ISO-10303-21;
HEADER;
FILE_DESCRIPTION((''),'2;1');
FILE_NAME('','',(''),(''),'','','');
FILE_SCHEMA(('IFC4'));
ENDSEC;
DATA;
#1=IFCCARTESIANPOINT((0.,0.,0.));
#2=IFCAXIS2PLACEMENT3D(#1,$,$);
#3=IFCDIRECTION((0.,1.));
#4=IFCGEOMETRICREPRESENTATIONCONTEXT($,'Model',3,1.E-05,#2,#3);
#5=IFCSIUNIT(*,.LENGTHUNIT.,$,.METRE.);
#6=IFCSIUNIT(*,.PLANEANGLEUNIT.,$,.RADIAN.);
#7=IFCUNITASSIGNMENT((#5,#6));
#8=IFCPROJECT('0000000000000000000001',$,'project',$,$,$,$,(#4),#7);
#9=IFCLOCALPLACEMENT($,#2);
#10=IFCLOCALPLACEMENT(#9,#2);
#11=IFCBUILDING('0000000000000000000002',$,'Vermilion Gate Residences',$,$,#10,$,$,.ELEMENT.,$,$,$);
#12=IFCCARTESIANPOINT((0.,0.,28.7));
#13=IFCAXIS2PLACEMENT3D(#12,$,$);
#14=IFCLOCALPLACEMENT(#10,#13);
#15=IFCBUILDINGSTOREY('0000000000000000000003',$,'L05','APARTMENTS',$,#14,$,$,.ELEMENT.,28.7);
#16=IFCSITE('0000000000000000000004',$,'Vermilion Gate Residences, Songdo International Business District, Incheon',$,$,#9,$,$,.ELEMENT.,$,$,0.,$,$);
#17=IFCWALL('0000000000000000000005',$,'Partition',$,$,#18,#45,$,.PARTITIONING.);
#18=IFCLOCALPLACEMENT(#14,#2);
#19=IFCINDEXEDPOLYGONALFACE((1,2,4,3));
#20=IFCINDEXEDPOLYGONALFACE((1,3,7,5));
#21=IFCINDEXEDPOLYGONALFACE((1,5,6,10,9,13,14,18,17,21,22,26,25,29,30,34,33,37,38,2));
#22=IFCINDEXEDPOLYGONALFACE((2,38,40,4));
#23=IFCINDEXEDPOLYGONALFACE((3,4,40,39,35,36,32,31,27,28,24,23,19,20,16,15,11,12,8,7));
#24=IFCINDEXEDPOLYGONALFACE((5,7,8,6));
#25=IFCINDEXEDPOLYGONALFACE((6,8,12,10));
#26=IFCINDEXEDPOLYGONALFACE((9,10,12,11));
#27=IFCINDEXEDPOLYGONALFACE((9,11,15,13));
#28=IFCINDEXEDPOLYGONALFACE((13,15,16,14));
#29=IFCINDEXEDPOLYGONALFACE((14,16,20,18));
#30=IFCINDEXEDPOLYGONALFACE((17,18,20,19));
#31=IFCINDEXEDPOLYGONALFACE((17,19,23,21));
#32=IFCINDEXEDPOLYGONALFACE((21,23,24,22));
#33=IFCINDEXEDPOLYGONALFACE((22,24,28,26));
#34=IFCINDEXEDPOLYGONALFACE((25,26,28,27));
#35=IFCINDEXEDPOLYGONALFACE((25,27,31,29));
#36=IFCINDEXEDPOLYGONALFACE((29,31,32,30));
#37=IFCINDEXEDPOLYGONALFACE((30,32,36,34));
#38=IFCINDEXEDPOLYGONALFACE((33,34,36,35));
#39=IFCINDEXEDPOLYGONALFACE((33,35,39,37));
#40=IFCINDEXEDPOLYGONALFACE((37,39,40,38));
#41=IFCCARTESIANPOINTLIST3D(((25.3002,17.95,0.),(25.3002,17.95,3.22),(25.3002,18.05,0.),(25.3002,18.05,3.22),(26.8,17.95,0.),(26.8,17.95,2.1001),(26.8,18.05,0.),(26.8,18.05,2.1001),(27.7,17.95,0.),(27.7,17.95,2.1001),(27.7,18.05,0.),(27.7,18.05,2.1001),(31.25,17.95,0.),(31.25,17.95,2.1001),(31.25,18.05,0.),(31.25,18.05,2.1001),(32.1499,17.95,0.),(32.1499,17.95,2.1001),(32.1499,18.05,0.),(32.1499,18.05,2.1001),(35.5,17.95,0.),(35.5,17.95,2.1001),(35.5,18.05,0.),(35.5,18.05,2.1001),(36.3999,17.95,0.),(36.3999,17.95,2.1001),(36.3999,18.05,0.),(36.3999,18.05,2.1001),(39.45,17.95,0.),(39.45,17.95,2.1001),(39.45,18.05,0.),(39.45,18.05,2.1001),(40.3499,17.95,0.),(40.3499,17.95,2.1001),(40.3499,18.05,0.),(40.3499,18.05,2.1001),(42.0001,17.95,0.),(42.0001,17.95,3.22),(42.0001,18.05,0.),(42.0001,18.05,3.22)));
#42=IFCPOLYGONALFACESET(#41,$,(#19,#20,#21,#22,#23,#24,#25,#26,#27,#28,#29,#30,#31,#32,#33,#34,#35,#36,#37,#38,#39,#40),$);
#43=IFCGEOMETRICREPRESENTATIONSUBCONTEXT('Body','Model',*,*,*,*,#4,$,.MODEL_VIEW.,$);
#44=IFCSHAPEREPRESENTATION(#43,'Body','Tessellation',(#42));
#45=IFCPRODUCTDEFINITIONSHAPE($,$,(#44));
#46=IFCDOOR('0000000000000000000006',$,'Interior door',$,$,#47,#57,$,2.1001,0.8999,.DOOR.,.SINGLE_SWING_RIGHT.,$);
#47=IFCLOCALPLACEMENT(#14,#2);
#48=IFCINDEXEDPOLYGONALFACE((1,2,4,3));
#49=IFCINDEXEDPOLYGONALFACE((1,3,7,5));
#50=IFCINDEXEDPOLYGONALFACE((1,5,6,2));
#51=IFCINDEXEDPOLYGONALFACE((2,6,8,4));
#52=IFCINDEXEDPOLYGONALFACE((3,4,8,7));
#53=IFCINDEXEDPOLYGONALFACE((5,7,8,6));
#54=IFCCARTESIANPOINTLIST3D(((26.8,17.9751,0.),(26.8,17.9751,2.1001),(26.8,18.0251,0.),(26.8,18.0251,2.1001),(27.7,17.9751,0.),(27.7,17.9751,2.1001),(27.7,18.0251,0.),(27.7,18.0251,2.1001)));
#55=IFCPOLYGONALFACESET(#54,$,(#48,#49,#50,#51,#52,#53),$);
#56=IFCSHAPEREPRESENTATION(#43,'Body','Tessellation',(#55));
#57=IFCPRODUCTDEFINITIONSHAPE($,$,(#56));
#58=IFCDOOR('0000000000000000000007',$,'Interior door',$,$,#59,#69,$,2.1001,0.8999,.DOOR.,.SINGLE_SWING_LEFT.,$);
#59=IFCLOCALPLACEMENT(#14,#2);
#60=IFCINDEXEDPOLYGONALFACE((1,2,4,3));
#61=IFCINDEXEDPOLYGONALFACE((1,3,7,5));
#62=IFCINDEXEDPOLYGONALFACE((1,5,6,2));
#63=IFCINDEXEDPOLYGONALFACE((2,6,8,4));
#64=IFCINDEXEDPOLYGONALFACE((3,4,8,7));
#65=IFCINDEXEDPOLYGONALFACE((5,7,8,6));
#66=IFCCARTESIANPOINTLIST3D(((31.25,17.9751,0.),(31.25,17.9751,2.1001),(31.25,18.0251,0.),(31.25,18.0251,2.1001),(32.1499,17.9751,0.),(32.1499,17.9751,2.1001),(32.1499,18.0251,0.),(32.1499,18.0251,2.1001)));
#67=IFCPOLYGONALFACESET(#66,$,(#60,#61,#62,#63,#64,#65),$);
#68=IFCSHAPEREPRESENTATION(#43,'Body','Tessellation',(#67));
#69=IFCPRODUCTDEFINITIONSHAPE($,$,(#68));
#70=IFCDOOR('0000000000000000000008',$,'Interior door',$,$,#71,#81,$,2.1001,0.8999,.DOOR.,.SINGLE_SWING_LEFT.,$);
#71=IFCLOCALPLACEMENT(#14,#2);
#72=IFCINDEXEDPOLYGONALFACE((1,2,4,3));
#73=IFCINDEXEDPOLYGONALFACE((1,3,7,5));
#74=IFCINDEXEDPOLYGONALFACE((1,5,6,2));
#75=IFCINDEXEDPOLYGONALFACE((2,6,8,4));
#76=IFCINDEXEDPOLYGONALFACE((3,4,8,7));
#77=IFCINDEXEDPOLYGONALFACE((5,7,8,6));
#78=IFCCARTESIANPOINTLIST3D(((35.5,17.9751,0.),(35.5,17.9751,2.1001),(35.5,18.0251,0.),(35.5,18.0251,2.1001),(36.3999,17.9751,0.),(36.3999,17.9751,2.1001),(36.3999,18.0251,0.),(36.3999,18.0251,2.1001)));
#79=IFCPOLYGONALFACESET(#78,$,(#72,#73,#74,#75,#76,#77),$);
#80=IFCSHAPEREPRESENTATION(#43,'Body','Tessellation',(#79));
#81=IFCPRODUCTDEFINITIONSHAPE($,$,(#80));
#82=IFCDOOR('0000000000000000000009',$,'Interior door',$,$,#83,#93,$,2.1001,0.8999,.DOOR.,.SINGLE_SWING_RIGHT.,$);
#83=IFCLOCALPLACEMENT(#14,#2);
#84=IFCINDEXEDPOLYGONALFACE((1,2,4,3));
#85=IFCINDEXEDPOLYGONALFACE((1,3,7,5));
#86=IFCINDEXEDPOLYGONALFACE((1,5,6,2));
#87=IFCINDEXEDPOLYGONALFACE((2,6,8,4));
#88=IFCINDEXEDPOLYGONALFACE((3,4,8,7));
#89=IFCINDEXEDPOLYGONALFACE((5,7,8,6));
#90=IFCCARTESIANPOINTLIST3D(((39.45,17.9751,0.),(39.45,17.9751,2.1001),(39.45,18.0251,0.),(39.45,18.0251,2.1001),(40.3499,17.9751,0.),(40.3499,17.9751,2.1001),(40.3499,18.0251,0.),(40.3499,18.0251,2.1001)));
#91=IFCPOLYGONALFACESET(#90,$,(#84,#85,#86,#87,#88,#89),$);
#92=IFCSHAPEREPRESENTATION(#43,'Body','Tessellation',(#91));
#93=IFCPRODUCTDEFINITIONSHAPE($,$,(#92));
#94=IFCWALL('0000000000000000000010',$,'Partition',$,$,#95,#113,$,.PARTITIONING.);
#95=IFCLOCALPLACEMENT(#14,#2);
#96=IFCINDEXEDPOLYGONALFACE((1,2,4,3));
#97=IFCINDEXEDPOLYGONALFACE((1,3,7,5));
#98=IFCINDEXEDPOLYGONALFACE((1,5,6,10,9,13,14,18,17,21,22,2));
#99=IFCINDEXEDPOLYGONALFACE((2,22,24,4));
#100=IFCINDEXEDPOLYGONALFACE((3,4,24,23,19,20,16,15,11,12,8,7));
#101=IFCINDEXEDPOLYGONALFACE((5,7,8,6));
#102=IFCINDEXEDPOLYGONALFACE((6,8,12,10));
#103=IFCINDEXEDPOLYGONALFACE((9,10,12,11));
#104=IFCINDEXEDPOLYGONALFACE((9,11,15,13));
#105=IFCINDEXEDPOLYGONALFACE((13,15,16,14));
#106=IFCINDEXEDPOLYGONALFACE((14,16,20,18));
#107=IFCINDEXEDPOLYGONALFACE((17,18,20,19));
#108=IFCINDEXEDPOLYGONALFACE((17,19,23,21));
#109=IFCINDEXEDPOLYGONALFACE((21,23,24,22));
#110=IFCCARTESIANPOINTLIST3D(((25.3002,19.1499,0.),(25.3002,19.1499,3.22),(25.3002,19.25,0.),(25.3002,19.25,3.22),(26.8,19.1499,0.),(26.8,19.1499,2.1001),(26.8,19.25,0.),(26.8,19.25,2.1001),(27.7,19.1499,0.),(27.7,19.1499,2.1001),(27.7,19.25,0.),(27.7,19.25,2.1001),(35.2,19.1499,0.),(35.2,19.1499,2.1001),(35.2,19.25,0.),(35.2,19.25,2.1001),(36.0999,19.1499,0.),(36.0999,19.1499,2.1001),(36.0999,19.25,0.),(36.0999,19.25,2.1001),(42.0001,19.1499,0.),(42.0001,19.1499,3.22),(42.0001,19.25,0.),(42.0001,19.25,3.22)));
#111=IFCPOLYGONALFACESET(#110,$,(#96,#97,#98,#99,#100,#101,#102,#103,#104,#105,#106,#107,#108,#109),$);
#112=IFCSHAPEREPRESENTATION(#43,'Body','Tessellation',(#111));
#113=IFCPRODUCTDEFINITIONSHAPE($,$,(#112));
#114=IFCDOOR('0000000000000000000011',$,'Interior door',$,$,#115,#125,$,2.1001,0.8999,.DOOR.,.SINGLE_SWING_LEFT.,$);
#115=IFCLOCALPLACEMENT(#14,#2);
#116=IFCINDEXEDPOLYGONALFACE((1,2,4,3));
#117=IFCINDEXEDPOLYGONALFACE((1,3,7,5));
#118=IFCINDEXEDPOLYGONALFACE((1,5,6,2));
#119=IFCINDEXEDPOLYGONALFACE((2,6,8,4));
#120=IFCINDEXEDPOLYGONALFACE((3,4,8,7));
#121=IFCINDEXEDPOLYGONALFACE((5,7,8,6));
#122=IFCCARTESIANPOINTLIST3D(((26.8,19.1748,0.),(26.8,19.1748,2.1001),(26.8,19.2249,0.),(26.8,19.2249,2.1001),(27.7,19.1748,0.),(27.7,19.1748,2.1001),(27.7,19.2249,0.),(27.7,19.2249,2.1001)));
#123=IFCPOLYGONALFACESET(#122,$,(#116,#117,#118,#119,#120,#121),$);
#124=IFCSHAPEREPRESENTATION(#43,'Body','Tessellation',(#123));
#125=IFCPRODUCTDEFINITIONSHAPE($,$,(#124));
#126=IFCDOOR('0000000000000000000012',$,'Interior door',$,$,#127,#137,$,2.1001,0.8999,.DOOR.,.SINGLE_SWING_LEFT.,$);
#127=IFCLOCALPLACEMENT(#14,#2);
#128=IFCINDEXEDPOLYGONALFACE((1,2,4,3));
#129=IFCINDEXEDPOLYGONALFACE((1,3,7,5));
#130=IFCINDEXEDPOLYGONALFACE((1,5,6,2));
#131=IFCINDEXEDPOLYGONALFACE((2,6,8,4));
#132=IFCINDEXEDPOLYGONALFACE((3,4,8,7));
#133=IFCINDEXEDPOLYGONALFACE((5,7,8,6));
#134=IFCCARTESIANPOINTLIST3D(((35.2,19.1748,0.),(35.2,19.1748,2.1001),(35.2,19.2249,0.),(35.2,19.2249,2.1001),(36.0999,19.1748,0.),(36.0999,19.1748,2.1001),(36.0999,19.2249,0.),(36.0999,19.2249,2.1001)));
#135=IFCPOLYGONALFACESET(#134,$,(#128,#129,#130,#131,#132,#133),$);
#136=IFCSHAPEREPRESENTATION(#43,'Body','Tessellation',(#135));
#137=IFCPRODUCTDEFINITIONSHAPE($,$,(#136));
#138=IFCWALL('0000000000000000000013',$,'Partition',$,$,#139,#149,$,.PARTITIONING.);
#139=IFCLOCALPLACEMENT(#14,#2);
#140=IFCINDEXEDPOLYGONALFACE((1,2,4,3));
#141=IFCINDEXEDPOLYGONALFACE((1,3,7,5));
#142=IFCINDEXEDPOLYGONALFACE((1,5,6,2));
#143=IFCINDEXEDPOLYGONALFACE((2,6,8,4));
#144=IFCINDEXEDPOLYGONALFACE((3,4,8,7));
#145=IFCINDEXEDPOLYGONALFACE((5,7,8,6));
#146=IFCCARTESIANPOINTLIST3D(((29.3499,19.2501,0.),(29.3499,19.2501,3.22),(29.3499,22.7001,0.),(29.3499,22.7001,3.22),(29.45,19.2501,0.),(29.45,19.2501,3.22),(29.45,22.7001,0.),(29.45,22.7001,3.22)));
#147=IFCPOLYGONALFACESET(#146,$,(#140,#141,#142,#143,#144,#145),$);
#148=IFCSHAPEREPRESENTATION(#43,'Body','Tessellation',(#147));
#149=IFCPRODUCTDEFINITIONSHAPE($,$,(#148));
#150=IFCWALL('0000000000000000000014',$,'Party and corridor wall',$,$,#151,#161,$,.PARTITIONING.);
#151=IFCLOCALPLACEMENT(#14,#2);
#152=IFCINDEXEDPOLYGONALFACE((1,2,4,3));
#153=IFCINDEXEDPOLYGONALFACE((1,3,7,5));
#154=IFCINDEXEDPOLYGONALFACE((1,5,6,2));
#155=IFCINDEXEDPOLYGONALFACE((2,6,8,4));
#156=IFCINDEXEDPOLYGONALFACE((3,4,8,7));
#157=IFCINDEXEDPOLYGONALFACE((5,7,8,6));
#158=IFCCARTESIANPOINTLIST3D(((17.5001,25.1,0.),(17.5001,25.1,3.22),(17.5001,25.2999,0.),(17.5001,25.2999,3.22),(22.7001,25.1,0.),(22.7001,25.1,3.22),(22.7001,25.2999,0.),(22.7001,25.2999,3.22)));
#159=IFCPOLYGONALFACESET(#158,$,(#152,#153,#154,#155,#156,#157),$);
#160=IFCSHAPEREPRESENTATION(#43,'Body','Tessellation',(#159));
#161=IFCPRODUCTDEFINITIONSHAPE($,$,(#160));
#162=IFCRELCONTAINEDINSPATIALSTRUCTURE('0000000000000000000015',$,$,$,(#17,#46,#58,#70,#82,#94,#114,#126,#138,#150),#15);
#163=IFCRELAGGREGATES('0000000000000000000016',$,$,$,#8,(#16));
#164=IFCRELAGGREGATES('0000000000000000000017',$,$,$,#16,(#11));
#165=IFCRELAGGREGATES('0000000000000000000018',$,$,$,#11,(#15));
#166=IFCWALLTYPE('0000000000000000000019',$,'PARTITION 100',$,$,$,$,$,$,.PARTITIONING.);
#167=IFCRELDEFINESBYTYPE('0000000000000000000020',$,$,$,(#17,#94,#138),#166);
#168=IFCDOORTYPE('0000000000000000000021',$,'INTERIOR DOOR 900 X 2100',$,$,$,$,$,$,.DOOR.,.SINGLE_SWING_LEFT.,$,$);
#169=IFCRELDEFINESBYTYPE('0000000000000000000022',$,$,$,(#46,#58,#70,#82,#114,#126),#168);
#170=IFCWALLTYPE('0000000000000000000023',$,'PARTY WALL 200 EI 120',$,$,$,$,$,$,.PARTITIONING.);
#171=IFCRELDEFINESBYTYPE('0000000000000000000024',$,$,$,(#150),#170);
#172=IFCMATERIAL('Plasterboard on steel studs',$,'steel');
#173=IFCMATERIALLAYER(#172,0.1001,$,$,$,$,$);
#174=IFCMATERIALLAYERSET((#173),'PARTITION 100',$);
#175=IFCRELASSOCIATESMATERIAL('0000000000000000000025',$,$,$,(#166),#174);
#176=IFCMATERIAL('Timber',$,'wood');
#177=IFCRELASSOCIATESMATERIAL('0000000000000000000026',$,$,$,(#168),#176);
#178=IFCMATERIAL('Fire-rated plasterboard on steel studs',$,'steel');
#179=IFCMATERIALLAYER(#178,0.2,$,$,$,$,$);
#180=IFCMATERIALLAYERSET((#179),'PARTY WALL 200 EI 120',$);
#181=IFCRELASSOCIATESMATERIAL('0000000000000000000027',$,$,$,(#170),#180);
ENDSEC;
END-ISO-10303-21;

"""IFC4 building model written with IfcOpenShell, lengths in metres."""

from ifc_helpers import new_model, si_unit, direction, frame, frame_2d, origin, place, context, subcontext, project, spatial, rectangle, extrude, material, layer, layer_set, type_object, element, fill, save


model = new_model("IFC4")

# Units and contexts
model_context = context("Model", 3, precision=1e-05, world=origin(), true_north=direction((0.0, 1.0)))
body_context = subcontext(model_context, "Body", "Model", "MODEL_VIEW")
ifc_project = project(units=[si_unit("LENGTHUNIT", "METRE"), si_unit("PLANEANGLEUNIT", "RADIAN")], contexts=[model_context])

# Site, building, storey
site_placement = place(None, origin())
site = spatial("IfcSite", under=ifc_project, at=site_placement, Name="Vermilion Gate Residences, Songdo International Business District, Incheon", CompositionType="ELEMENT", RefElevation=0.0)
building_placement = place(site_placement, origin())
building = spatial("IfcBuilding", under=site, at=building_placement, Name="Vermilion Gate Residences", CompositionType="ELEMENT")
storey_placement = place(building_placement, frame((0.0, 0.0, 28.7)))
storey = spatial("IfcBuildingStorey", under=building, at=storey_placement, Name="L05", Description="APARTMENTS", CompositionType="ELEMENT", Elevation=28.7)

# Walls, openings, doors
ifc_material_1 = material(Name="Plasterboard on steel studs", Category="steel")
ifc_layer_1 = layer(ifc_material_1, 0.1001)
ifc_layer_set_1 = layer_set([ifc_layer_1], Name="PARTITION 100")
wall_type_1 = type_object("IfcWallType", Name="PARTITION 100", PredefinedType="PARTITIONING", material=ifc_layer_set_1)
wall_1_placement = place(storey_placement, frame((25.3, 18.0, 0.0), z_axis=(0.0, 0.0, 1.0), x_axis=(1.0, 0.0, 0.0)))
wall_1 = element("IfcWall", 1, at=wall_1_placement, inside=storey, type_object=wall_type_1, Name="Partition", PredefinedType="PARTITIONING", context=body_context, shape_type="SweptSolid", body=[
    extrude(rectangle(XDim=16.7, YDim=0.1001, at=frame_2d((8.3501, 0.0))), origin(), (0.0, 0.0, 1.0), 3.22),
])
opening_1_placement = place(wall_1_placement, frame((1.5, 0.0, 0.0)))
opening_1 = element("IfcOpeningElement", 2, at=opening_1_placement, cuts=wall_1, PredefinedType="OPENING", context=body_context, shape_type="SweptSolid", body=[
    extrude(rectangle(XDim=0.8999, YDim=2.1001, at=frame_2d((0.45, 1.05))), frame((0.0, 0.0601, 0.0), z_axis=(0.0, -1.0, 0.0), x_axis=(1.0, 0.0, 0.0)), (0.0, 0.0, 1.0), 0.1201),
])
opening_2_placement = place(wall_1_placement, frame((5.95, 0.0, 0.0)))
opening_2 = element("IfcOpeningElement", 3, at=opening_2_placement, cuts=wall_1, PredefinedType="OPENING", context=body_context, shape_type="SweptSolid", body=[
    extrude(rectangle(XDim=0.8999, YDim=2.1001, at=frame_2d((0.45, 1.05))), frame((0.0, 0.0601, 0.0), z_axis=(0.0, -1.0, 0.0), x_axis=(1.0, 0.0, 0.0)), (0.0, 0.0, 1.0), 0.1201),
])
opening_3_placement = place(wall_1_placement, frame((10.2, 0.0, 0.0)))
opening_3 = element("IfcOpeningElement", 4, at=opening_3_placement, cuts=wall_1, PredefinedType="OPENING", context=body_context, shape_type="SweptSolid", body=[
    extrude(rectangle(XDim=0.8999, YDim=2.1001, at=frame_2d((0.45, 1.05))), frame((0.0, 0.0601, 0.0), z_axis=(0.0, -1.0, 0.0), x_axis=(1.0, 0.0, 0.0)), (0.0, 0.0, 1.0), 0.1201),
])
opening_4_placement = place(wall_1_placement, frame((14.1499, 0.0, 0.0)))
opening_4 = element("IfcOpeningElement", 5, at=opening_4_placement, cuts=wall_1, PredefinedType="OPENING", context=body_context, shape_type="SweptSolid", body=[
    extrude(rectangle(XDim=0.8999, YDim=2.1001, at=frame_2d((0.45, 1.05))), frame((0.0, 0.0601, 0.0), z_axis=(0.0, -1.0, 0.0), x_axis=(1.0, 0.0, 0.0)), (0.0, 0.0, 1.0), 0.1201),
])
ifc_material_2 = material(Name="Timber", Category="wood")
door_type_1 = type_object("IfcDoorType", Name="INTERIOR DOOR 900 X 2100", OperationType="SINGLE_SWING_LEFT", PredefinedType="DOOR", material=ifc_material_2)
door_1_placement = place(opening_1_placement, frame((0.8999, 0.0, 0.0), z_axis=(0.0, 0.0, 1.0), x_axis=(-1.0, 0.0, 0.0)))
door_1 = element("IfcDoor", 6, at=door_1_placement, inside=storey, type_object=door_type_1, Name="Interior door", OperationType="SINGLE_SWING_RIGHT", OverallHeight=2.1001, OverallWidth=0.8999, PredefinedType="DOOR", context=body_context, shape_type="SweptSolid", body=[
    extrude(rectangle(XDim=0.8999, YDim=2.1001, at=frame_2d((0.45, 1.05))), frame((0.0, 0.0249, 0.0), z_axis=(0.0, -1.0, 0.0), x_axis=(1.0, 0.0, 0.0)), (0.0, 0.0, 1.0), 0.05),
])
fill(opening_1, door_1)
door_2_placement = place(opening_2_placement, frame((0.8999, 0.0, 0.0), z_axis=(0.0, 0.0, 1.0), x_axis=(-1.0, 0.0, 0.0)))
door_2 = element("IfcDoor", 7, at=door_2_placement, inside=storey, type_object=door_type_1, Name="Interior door", OperationType="SINGLE_SWING_LEFT", OverallHeight=2.1001, OverallWidth=0.8999, PredefinedType="DOOR", context=body_context, shape_type="SweptSolid", body=[
    extrude(rectangle(XDim=0.8999, YDim=2.1001, at=frame_2d((0.45, 1.05))), frame((0.0, 0.0249, 0.0), z_axis=(0.0, -1.0, 0.0), x_axis=(1.0, 0.0, 0.0)), (0.0, 0.0, 1.0), 0.05),
])
fill(opening_2, door_2)
door_3_placement = place(opening_3_placement, frame((0.8999, 0.0, 0.0), z_axis=(0.0, 0.0, 1.0), x_axis=(-1.0, 0.0, 0.0)))
door_3 = element("IfcDoor", 8, at=door_3_placement, inside=storey, type_object=door_type_1, Name="Interior door", OperationType="SINGLE_SWING_LEFT", OverallHeight=2.1001, OverallWidth=0.8999, PredefinedType="DOOR", context=body_context, shape_type="SweptSolid", body=[
    extrude(rectangle(XDim=0.8999, YDim=2.1001, at=frame_2d((0.45, 1.05))), frame((0.0, 0.0249, 0.0), z_axis=(0.0, -1.0, 0.0), x_axis=(1.0, 0.0, 0.0)), (0.0, 0.0, 1.0), 0.05),
])
fill(opening_3, door_3)
door_4_placement = place(opening_4_placement, frame((0.8999, 0.0, 0.0), z_axis=(0.0, 0.0, 1.0), x_axis=(-1.0, 0.0, 0.0)))
door_4 = element("IfcDoor", 9, at=door_4_placement, inside=storey, type_object=door_type_1, Name="Interior door", OperationType="SINGLE_SWING_RIGHT", OverallHeight=2.1001, OverallWidth=0.8999, PredefinedType="DOOR", context=body_context, shape_type="SweptSolid", body=[
    extrude(rectangle(XDim=0.8999, YDim=2.1001, at=frame_2d((0.45, 1.05))), frame((0.0, 0.0249, 0.0), z_axis=(0.0, -1.0, 0.0), x_axis=(1.0, 0.0, 0.0)), (0.0, 0.0, 1.0), 0.05),
])
fill(opening_4, door_4)
wall_2_placement = place(storey_placement, frame((25.3, 19.2, 0.0), z_axis=(0.0, 0.0, 1.0), x_axis=(1.0, 0.0, 0.0)))
wall_2 = element("IfcWall", 10, at=wall_2_placement, inside=storey, type_object=wall_type_1, Name="Partition", PredefinedType="PARTITIONING", context=body_context, shape_type="SweptSolid", body=[
    extrude(rectangle(XDim=16.7, YDim=0.1001, at=frame_2d((8.3501, 0.0))), origin(), (0.0, 0.0, 1.0), 3.22),
])
opening_5_placement = place(wall_2_placement, frame((1.5, 0.0, 0.0)))
opening_5 = element("IfcOpeningElement", 11, at=opening_5_placement, cuts=wall_2, PredefinedType="OPENING", context=body_context, shape_type="SweptSolid", body=[
    extrude(rectangle(XDim=0.8999, YDim=2.1001, at=frame_2d((0.45, 1.05))), frame((0.0, 0.0601, 0.0), z_axis=(0.0, -1.0, 0.0), x_axis=(1.0, 0.0, 0.0)), (0.0, 0.0, 1.0), 0.1201),
])
opening_6_placement = place(wall_2_placement, frame((9.8999, 0.0, 0.0)))
opening_6 = element("IfcOpeningElement", 12, at=opening_6_placement, cuts=wall_2, PredefinedType="OPENING", context=body_context, shape_type="SweptSolid", body=[
    extrude(rectangle(XDim=0.8999, YDim=2.1001, at=frame_2d((0.45, 1.05))), frame((0.0, 0.0601, 0.0), z_axis=(0.0, -1.0, 0.0), x_axis=(1.0, 0.0, 0.0)), (0.0, 0.0, 1.0), 0.1201),
])
door_5_placement = place(opening_5_placement, origin())
door_5 = element("IfcDoor", 13, at=door_5_placement, inside=storey, type_object=door_type_1, Name="Interior door", OperationType="SINGLE_SWING_LEFT", OverallHeight=2.1001, OverallWidth=0.8999, PredefinedType="DOOR", context=body_context, shape_type="SweptSolid", body=[
    extrude(rectangle(XDim=0.8999, YDim=2.1001, at=frame_2d((0.45, 1.05))), frame((0.0, 0.0249, 0.0), z_axis=(0.0, -1.0, 0.0), x_axis=(1.0, 0.0, 0.0)), (0.0, 0.0, 1.0), 0.05),
])
fill(opening_5, door_5)
door_6_placement = place(opening_6_placement, origin())
door_6 = element("IfcDoor", 14, at=door_6_placement, inside=storey, type_object=door_type_1, Name="Interior door", OperationType="SINGLE_SWING_LEFT", OverallHeight=2.1001, OverallWidth=0.8999, PredefinedType="DOOR", context=body_context, shape_type="SweptSolid", body=[
    extrude(rectangle(XDim=0.8999, YDim=2.1001, at=frame_2d((0.45, 1.05))), frame((0.0, 0.0249, 0.0), z_axis=(0.0, -1.0, 0.0), x_axis=(1.0, 0.0, 0.0)), (0.0, 0.0, 1.0), 0.05),
])
fill(opening_6, door_6)

# Walls
wall_3_placement = place(storey_placement, frame((29.3999, 19.25, 0.0), z_axis=(0.0, 0.0, 1.0), x_axis=(0.0, 1.0, 0.0)))
element("IfcWall", 15, at=wall_3_placement, inside=storey, type_object=wall_type_1, Name="Partition", PredefinedType="PARTITIONING", context=body_context, shape_type="SweptSolid", body=[
    extrude(rectangle(XDim=3.45, YDim=0.1001, at=frame_2d((1.7251, 0.0))), origin(), (0.0, 0.0, 1.0), 3.22),
])
ifc_material_3 = material(Name="Fire-rated plasterboard on steel studs", Category="steel")
ifc_layer_2 = layer(ifc_material_3, 0.2)
ifc_layer_set_2 = layer_set([ifc_layer_2], Name="PARTY WALL 200 EI 120")
wall_type_2 = type_object("IfcWallType", Name="PARTY WALL 200 EI 120", PredefinedType="PARTITIONING", material=ifc_layer_set_2)
for number, where, z_axis, x_axis, name in (
    (16, (17.5, 25.2, 0.0), (0.0, 0.0, 1.0), (1.0, 0.0, 0.0), "Party and corridor wall"),
):
    element("IfcWall", number, at=place(storey_placement, frame(where, z_axis=z_axis, x_axis=x_axis)), inside=storey, type_object=wall_type_2, Name=name, PredefinedType="PARTITIONING", context=body_context, shape_type="SweptSolid", body=[
        extrude(rectangle(XDim=5.2, YDim=0.2, at=frame_2d((2.6001, 0.0))), origin(), (0.0, 0.0, 1.0), 3.22),
    ])

save(model, "model.ifc")
